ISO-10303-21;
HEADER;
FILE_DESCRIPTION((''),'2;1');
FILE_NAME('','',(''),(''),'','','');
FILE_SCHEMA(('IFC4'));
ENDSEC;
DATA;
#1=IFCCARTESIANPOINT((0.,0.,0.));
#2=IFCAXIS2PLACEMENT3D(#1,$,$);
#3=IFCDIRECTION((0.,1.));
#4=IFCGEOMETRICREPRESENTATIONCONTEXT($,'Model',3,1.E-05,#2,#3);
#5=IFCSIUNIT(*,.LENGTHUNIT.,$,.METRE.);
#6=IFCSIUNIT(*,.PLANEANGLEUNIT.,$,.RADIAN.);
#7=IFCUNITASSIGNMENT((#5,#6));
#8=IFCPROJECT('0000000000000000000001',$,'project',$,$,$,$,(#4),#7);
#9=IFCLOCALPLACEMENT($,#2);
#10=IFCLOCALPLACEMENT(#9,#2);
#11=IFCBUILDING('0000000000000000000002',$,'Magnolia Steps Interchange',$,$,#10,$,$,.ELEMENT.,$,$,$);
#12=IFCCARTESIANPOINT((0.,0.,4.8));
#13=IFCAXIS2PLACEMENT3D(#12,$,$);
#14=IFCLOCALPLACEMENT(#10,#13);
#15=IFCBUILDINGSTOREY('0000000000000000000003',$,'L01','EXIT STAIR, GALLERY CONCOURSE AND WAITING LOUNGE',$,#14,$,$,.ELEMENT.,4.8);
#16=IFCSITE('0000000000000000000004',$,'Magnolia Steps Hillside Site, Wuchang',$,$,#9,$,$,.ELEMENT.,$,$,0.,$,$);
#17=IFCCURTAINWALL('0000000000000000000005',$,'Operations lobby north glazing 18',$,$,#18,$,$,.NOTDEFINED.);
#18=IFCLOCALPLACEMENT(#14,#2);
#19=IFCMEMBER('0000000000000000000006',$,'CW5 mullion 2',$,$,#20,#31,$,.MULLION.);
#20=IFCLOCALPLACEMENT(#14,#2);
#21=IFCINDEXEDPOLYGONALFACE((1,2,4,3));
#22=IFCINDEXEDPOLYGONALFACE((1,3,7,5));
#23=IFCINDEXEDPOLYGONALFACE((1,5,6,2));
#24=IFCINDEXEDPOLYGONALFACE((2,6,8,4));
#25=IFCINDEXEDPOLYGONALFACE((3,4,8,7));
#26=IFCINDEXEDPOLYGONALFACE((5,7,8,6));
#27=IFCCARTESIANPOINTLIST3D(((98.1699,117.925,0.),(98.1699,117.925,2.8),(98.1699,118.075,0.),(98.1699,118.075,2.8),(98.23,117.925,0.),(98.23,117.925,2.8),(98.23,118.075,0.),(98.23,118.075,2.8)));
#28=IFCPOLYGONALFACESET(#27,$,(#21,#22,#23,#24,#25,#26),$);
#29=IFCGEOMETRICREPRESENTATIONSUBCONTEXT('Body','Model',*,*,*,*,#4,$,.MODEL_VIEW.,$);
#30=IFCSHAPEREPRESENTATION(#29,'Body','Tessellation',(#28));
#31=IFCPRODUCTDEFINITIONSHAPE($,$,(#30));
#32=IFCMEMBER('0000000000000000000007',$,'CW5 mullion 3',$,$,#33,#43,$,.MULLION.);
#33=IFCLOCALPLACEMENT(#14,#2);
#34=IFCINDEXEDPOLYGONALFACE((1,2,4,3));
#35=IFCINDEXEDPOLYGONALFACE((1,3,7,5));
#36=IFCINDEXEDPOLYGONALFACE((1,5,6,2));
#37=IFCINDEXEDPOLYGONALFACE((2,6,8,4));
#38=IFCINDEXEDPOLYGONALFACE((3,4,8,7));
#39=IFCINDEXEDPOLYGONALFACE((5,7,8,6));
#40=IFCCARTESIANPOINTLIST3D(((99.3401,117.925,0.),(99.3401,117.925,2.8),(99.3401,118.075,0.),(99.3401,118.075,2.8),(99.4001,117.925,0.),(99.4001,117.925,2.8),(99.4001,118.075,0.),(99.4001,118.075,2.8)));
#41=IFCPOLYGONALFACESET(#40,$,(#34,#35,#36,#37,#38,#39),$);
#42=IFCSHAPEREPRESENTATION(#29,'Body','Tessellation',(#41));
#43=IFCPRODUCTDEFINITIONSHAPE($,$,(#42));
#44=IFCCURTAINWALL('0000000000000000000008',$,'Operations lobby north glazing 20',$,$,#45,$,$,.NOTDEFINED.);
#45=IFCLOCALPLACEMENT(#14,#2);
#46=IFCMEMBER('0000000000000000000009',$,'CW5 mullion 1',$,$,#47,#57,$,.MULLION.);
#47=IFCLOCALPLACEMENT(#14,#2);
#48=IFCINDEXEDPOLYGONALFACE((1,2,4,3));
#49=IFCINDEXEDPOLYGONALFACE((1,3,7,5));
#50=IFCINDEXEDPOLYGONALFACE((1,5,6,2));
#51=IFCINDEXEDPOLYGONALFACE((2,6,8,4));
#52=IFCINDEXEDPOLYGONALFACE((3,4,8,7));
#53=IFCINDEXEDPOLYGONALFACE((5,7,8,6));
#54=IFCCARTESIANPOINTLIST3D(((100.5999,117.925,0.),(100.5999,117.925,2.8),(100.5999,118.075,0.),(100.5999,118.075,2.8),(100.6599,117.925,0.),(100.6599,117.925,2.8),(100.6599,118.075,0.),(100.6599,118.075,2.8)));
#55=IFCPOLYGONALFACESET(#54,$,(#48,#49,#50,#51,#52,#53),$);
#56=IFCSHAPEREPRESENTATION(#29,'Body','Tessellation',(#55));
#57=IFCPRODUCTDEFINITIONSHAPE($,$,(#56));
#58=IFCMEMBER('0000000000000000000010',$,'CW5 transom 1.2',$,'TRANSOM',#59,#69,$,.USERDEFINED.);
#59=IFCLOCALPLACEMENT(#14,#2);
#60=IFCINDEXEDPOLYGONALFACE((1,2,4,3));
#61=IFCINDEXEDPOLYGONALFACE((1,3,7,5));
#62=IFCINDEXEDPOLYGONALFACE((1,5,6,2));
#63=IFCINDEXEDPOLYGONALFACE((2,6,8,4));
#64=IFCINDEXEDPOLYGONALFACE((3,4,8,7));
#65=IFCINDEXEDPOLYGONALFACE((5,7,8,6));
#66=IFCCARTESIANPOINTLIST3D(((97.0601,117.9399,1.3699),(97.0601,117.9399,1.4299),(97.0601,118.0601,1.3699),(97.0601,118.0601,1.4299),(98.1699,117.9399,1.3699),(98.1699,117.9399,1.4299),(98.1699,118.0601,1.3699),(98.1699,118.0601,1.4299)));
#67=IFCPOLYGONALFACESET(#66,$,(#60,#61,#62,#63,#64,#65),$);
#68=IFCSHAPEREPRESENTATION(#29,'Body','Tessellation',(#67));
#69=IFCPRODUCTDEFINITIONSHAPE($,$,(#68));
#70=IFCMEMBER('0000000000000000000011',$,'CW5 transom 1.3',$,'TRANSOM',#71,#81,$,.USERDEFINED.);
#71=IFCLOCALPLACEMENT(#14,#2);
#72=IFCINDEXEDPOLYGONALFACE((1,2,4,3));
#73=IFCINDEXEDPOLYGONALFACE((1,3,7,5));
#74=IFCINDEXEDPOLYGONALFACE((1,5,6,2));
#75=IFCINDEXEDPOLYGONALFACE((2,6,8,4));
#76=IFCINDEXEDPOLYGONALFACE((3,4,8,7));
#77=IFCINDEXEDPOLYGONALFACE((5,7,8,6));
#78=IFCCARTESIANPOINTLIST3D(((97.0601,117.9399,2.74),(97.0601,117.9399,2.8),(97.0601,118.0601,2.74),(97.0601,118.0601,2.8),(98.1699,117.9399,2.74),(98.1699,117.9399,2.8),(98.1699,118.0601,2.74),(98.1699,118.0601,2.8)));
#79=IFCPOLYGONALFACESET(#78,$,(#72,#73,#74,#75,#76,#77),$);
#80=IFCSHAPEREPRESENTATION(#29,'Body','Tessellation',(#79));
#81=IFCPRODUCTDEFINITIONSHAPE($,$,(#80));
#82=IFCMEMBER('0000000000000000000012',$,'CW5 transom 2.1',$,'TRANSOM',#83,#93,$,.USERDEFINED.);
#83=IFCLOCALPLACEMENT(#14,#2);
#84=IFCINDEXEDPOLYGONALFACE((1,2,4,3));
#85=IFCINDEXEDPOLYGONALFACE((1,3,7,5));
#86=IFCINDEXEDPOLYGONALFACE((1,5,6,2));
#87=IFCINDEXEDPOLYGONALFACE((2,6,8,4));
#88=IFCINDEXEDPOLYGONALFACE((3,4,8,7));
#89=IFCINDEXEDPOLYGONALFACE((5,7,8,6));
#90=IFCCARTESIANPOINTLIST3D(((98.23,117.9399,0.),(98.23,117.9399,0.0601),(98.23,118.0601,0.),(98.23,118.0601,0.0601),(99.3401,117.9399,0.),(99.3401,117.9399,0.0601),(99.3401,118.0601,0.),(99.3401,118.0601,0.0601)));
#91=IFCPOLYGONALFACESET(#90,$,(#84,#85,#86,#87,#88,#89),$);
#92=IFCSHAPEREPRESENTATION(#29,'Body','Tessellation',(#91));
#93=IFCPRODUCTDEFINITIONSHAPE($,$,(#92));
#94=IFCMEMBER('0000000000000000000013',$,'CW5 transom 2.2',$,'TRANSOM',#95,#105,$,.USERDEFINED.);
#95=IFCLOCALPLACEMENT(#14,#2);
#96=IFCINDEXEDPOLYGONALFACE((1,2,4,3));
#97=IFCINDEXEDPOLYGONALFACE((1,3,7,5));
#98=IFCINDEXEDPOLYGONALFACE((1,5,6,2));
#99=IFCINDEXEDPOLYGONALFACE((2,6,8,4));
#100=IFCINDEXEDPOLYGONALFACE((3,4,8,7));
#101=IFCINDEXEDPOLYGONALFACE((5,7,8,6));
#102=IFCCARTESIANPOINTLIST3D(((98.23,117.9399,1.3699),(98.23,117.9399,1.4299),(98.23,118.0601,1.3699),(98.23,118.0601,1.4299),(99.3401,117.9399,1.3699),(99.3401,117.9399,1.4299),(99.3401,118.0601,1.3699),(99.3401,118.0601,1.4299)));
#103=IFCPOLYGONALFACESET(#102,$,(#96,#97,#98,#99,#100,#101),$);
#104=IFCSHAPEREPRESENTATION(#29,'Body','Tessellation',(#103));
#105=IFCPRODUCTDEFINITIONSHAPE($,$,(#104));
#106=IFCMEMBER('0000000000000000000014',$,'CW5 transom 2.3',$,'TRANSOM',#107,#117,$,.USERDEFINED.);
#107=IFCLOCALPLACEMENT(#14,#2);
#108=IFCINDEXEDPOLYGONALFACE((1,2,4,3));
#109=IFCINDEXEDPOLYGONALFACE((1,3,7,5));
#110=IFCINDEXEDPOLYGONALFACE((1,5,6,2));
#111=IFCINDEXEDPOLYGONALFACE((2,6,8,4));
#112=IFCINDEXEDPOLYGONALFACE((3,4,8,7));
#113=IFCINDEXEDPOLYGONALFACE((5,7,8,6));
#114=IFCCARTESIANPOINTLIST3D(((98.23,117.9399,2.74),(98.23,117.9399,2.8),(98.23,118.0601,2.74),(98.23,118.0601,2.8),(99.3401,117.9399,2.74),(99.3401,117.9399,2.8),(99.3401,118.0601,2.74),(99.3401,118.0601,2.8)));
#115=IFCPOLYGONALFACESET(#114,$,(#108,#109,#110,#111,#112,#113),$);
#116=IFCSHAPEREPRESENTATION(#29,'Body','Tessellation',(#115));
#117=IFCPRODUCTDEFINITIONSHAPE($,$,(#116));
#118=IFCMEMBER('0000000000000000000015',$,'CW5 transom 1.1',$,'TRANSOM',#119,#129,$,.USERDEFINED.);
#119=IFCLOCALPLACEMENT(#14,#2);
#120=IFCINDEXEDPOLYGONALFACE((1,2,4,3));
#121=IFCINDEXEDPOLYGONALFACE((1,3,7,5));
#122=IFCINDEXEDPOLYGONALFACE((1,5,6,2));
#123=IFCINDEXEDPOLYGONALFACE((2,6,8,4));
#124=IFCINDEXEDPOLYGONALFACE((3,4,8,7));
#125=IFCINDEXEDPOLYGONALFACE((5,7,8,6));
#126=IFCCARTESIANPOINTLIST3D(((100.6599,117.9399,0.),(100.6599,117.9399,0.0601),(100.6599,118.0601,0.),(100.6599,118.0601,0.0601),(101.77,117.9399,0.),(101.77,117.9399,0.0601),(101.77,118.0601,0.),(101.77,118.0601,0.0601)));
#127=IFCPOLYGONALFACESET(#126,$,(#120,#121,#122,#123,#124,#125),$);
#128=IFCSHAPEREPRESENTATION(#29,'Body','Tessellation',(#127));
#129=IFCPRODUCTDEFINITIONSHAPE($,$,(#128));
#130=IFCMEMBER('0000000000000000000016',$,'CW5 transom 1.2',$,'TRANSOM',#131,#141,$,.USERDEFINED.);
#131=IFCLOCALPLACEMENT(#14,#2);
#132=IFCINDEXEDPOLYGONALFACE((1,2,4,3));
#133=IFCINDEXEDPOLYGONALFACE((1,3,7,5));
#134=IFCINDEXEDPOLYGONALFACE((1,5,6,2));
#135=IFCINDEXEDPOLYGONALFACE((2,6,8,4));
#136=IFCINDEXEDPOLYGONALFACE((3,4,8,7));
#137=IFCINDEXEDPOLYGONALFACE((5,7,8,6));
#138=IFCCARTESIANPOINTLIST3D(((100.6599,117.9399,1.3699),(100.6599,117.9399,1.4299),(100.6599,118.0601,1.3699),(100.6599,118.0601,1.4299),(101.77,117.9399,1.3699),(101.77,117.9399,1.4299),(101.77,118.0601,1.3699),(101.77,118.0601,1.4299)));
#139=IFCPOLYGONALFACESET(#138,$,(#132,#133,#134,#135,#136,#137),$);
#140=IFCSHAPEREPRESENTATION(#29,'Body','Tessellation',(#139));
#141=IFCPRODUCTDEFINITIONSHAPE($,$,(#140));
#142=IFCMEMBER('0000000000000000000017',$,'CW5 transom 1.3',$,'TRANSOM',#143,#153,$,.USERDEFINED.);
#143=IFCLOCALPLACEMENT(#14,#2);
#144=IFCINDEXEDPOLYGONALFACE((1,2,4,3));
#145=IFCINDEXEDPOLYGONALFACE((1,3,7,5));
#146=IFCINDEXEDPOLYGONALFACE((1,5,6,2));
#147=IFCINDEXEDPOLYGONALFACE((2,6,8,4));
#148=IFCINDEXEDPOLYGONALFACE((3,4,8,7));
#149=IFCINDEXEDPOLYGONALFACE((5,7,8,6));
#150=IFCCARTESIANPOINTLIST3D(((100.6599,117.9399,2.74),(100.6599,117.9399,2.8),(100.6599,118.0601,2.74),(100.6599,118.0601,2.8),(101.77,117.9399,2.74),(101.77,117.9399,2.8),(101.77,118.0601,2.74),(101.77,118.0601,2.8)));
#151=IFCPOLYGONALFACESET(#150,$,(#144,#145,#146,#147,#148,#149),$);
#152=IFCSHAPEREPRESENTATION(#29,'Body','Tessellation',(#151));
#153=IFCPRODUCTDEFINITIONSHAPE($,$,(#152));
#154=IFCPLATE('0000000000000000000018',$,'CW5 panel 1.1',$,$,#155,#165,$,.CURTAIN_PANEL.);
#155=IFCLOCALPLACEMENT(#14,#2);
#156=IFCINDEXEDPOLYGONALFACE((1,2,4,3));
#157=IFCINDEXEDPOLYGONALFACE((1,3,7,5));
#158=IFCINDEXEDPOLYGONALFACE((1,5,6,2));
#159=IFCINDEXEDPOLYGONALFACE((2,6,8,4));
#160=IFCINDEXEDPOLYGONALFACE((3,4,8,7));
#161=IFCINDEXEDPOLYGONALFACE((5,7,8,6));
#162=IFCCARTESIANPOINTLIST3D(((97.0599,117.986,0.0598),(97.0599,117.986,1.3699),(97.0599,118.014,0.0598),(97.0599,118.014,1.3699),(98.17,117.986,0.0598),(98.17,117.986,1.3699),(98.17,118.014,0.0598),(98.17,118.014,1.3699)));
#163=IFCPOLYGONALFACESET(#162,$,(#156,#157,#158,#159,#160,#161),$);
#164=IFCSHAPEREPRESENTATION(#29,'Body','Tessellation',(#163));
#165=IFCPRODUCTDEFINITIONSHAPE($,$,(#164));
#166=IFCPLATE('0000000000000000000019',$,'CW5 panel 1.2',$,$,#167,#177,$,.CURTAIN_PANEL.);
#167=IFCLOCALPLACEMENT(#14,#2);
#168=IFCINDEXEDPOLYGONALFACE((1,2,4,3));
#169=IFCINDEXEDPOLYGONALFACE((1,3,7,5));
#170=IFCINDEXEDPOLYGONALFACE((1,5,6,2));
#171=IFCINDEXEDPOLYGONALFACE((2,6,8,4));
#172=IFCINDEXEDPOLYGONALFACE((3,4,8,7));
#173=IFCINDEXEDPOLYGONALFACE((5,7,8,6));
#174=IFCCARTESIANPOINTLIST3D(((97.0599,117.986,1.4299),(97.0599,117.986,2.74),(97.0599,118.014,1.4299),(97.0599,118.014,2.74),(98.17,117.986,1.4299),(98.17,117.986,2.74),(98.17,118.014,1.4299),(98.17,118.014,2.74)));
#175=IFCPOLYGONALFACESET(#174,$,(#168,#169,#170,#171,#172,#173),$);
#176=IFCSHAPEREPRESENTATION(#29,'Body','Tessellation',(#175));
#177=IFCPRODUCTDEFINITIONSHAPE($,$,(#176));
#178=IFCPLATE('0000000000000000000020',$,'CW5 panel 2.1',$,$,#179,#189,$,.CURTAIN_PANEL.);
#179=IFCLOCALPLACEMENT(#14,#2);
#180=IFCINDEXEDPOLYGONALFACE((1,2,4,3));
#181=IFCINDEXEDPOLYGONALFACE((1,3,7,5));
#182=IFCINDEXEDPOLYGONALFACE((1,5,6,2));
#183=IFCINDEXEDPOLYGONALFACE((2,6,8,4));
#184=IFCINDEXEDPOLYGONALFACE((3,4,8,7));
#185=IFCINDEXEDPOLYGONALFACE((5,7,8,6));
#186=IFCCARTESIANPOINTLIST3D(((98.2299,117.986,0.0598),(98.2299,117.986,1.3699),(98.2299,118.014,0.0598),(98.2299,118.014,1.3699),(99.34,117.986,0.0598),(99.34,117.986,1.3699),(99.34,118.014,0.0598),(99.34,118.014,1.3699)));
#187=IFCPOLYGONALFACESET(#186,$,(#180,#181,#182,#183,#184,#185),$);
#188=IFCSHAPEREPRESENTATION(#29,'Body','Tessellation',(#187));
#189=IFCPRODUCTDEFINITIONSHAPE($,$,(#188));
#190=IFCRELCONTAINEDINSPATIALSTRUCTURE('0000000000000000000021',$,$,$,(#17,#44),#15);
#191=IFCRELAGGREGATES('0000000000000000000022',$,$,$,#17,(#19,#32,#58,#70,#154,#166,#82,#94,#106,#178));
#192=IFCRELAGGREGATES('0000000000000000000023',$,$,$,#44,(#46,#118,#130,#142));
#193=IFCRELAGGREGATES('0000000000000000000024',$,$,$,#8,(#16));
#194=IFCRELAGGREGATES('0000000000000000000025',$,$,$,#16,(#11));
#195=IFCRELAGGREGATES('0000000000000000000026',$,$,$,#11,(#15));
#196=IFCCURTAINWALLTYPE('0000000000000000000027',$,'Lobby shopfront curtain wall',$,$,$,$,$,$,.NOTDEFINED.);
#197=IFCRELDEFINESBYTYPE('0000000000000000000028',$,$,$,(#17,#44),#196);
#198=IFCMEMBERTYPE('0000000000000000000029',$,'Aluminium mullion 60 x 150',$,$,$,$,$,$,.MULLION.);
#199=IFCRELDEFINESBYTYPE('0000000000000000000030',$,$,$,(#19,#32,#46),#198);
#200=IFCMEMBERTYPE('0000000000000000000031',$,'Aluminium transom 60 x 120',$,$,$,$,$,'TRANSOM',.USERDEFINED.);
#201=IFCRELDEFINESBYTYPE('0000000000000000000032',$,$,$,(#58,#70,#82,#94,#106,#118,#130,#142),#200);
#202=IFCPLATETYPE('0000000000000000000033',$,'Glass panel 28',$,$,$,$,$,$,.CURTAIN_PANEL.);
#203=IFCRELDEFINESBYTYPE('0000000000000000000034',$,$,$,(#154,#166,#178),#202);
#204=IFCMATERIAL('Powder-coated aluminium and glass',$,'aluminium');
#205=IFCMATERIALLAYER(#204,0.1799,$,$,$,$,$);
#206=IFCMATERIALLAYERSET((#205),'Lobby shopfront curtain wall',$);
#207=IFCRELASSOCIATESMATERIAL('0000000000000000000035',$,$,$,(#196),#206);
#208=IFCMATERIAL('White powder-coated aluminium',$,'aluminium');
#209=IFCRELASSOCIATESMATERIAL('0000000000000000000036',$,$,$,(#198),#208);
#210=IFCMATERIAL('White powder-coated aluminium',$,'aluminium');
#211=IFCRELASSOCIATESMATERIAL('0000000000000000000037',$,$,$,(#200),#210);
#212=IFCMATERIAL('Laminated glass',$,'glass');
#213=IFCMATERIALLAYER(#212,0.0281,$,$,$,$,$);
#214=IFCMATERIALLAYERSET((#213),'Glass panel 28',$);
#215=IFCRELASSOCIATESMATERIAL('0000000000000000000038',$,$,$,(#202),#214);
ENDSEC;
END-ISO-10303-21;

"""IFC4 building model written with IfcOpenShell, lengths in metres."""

from ifc_helpers import new_model, si_unit, direction, frame, origin, origin_2d, place, context, subcontext, project, spatial, rectangle, extrude, material, layer, layer_set, material_profile, profile_set, type_object, element, aggregate, save


model = new_model("IFC4")

# Units and contexts
model_context = context("Model", 3, precision=1e-05, world=origin(), true_north=direction((0.0, 1.0)))
body_context = subcontext(model_context, "Body", "Model", "MODEL_VIEW")
ifc_project = project(units=[si_unit("LENGTHUNIT", "METRE"), si_unit("PLANEANGLEUNIT", "RADIAN")], contexts=[model_context])

# Site, building, storey
site_placement = place(None, origin())
site = spatial("IfcSite", under=ifc_project, at=site_placement, Name="Magnolia Steps Hillside Site, Wuchang", CompositionType="ELEMENT", RefElevation=0.0)
building_placement = place(site_placement, origin())
building = spatial("IfcBuilding", under=site, at=building_placement, Name="Magnolia Steps Interchange", CompositionType="ELEMENT")
storey_placement = place(building_placement, frame((0.0, 0.0, 4.8)))
storey = spatial("IfcBuildingStorey", under=building, at=storey_placement, Name="L01", Description="EXIT STAIR, GALLERY CONCOURSE AND WAITING LOUNGE", CompositionType="ELEMENT", Elevation=4.8)

# Curtain wall, members
ifc_material_1 = material(Name="Powder-coated aluminium and glass", Category="aluminium")
ifc_layer_1 = layer(ifc_material_1, 0.1799)
ifc_layer_set_1 = layer_set([ifc_layer_1], Name="Lobby shopfront curtain wall")
curtain_wall_type = type_object("IfcCurtainWallType", Name="Lobby shopfront curtain wall", PredefinedType="NOTDEFINED", material=ifc_layer_set_1)
curtain_wall_1_placement = place(storey_placement, origin())
curtain_wall_1 = element("IfcCurtainWall", 1, at=curtain_wall_1_placement, inside=storey, type_object=curtain_wall_type, Name="Operations lobby north glazing 18", PredefinedType="NOTDEFINED")
ifc_material_2 = material(Name="White powder-coated aluminium", Category="aluminium")
ifc_material_profile_1 = material_profile(ifc_material_2, rectangle(XDim=0.0601, YDim=0.1499, at=origin_2d()), Name="Aluminium mullion 60 x 150")
ifc_profile_set_1 = profile_set([ifc_material_profile_1], Name="White powder-coated aluminium")
member_type_1 = type_object("IfcMemberType", Name="Aluminium mullion 60 x 150", PredefinedType="MULLION", material=ifc_profile_set_1)
member_1_placement = place(storey_placement, frame((98.2, 118.0, 0.0), z_axis=(0.0, 0.0, 1.0), x_axis=(1.0, 0.0, 0.0)))
member_1 = element("IfcMember", 2, at=member_1_placement, type_object=member_type_1, Name="CW5 mullion 2", PredefinedType="MULLION", context=body_context, shape_type="SweptSolid", body=[
    extrude(rectangle(XDim=0.0601, YDim=0.1499, at=origin_2d()), origin(), (0.0, 0.0, 1.0), 2.8),
])
member_2_placement = place(storey_placement, frame((99.3701, 118.0, 0.0), z_axis=(0.0, 0.0, 1.0), x_axis=(1.0, 0.0, 0.0)))
member_2 = element("IfcMember", 3, at=member_2_placement, type_object=member_type_1, Name="CW5 mullion 3", PredefinedType="MULLION", context=body_context, shape_type="SweptSolid", body=[
    extrude(rectangle(XDim=0.0601, YDim=0.1499, at=origin_2d()), origin(), (0.0, 0.0, 1.0), 2.8),
])

# Curtain wall, member
curtain_wall_2_placement = place(storey_placement, origin())
curtain_wall_2 = element("IfcCurtainWall", 4, at=curtain_wall_2_placement, inside=storey, type_object=curtain_wall_type, Name="Operations lobby north glazing 20", PredefinedType="NOTDEFINED")
member_3_placement = place(storey_placement, frame((100.6299, 118.0, 0.0), z_axis=(0.0, 0.0, 1.0), x_axis=(1.0, 0.0, 0.0)))
member_3 = element("IfcMember", 5, at=member_3_placement, type_object=member_type_1, Name="CW5 mullion 1", PredefinedType="MULLION", context=body_context, shape_type="SweptSolid", body=[
    extrude(rectangle(XDim=0.0601, YDim=0.1499, at=origin_2d()), origin(), (0.0, 0.0, 1.0), 2.8),
])

# Members
ifc_material_3 = material(Name="White powder-coated aluminium", Category="aluminium")
ifc_material_profile_2 = material_profile(ifc_material_3, rectangle(XDim=0.0601, YDim=0.1201, at=origin_2d()), Name="Aluminium transom 60 x 120")
ifc_profile_set_2 = profile_set([ifc_material_profile_2], Name="White powder-coated aluminium")
member_type_2 = type_object("IfcMemberType", Name="Aluminium transom 60 x 120", ElementType="TRANSOM", PredefinedType="USERDEFINED", material=ifc_profile_set_2)
member_4_placement = place(storey_placement, frame((97.0601, 118.0, 1.3999), z_axis=(1.0, 0.0, 0.0), x_axis=(0.0, 0.0, 1.0)))
member_4 = element("IfcMember", 6, at=member_4_placement, type_object=member_type_2, Name="CW5 transom 1.2", ObjectType="TRANSOM", PredefinedType="USERDEFINED", context=body_context, shape_type="SweptSolid", body=[
    extrude(rectangle(XDim=0.0601, YDim=0.1201, at=origin_2d()), origin(), (0.0, 0.0, 1.0), 1.1099),
])
member_5_placement = place(storey_placement, frame((97.0601, 118.0, 2.77), z_axis=(1.0, 0.0, 0.0), x_axis=(0.0, 0.0, 1.0)))
member_5 = element("IfcMember", 7, at=member_5_placement, type_object=member_type_2, Name="CW5 transom 1.3", ObjectType="TRANSOM", PredefinedType="USERDEFINED", context=body_context, shape_type="SweptSolid", body=[
    extrude(rectangle(XDim=0.0601, YDim=0.1201, at=origin_2d()), origin(), (0.0, 0.0, 1.0), 1.1099),
])
member_6_placement = place(storey_placement, frame((98.23, 118.0, 0.03), z_axis=(1.0, 0.0, 0.0), x_axis=(0.0, 0.0, 1.0)))
member_6 = element("IfcMember", 8, at=member_6_placement, type_object=member_type_2, Name="CW5 transom 2.1", ObjectType="TRANSOM", PredefinedType="USERDEFINED", context=body_context, shape_type="SweptSolid", body=[
    extrude(rectangle(XDim=0.0601, YDim=0.1201, at=origin_2d()), origin(), (0.0, 0.0, 1.0), 1.1101),
])
member_7_placement = place(storey_placement, frame((98.23, 118.0, 1.3999), z_axis=(1.0, 0.0, 0.0), x_axis=(0.0, 0.0, 1.0)))
member_7 = element("IfcMember", 9, at=member_7_placement, type_object=member_type_2, Name="CW5 transom 2.2", ObjectType="TRANSOM", PredefinedType="USERDEFINED", context=body_context, shape_type="SweptSolid", body=[
    extrude(rectangle(XDim=0.0601, YDim=0.1201, at=origin_2d()), origin(), (0.0, 0.0, 1.0), 1.1101),
])
member_8_placement = place(storey_placement, frame((98.23, 118.0, 2.77), z_axis=(1.0, 0.0, 0.0), x_axis=(0.0, 0.0, 1.0)))
member_8 = element("IfcMember", 10, at=member_8_placement, type_object=member_type_2, Name="CW5 transom 2.3", ObjectType="TRANSOM", PredefinedType="USERDEFINED", context=body_context, shape_type="SweptSolid", body=[
    extrude(rectangle(XDim=0.0601, YDim=0.1201, at=origin_2d()), origin(), (0.0, 0.0, 1.0), 1.1101),
])
member_9_placement = place(storey_placement, frame((100.6599, 118.0, 0.03), z_axis=(1.0, 0.0, 0.0), x_axis=(0.0, 0.0, 1.0)))
member_9 = element("IfcMember", 11, at=member_9_placement, type_object=member_type_2, Name="CW5 transom 1.1", ObjectType="TRANSOM", PredefinedType="USERDEFINED", context=body_context, shape_type="SweptSolid", body=[
    extrude(rectangle(XDim=0.0601, YDim=0.1201, at=origin_2d()), origin(), (0.0, 0.0, 1.0), 1.1101),
])
member_10_placement = place(storey_placement, frame((100.6599, 118.0, 1.3999), z_axis=(1.0, 0.0, 0.0), x_axis=(0.0, 0.0, 1.0)))
member_10 = element("IfcMember", 12, at=member_10_placement, type_object=member_type_2, Name="CW5 transom 1.2", ObjectType="TRANSOM", PredefinedType="USERDEFINED", context=body_context, shape_type="SweptSolid", body=[
    extrude(rectangle(XDim=0.0601, YDim=0.1201, at=origin_2d()), origin(), (0.0, 0.0, 1.0), 1.1101),
])
member_11_placement = place(storey_placement, frame((100.6599, 118.0, 2.77), z_axis=(1.0, 0.0, 0.0), x_axis=(0.0, 0.0, 1.0)))
member_11 = element("IfcMember", 13, at=member_11_placement, type_object=member_type_2, Name="CW5 transom 1.3", ObjectType="TRANSOM", PredefinedType="USERDEFINED", context=body_context, shape_type="SweptSolid", body=[
    extrude(rectangle(XDim=0.0601, YDim=0.1201, at=origin_2d()), origin(), (0.0, 0.0, 1.0), 1.1101),
])

# Plates
ifc_material_4 = material(Name="Laminated glass", Category="glass")
ifc_layer_2 = layer(ifc_material_4, 0.0281)
ifc_layer_set_2 = layer_set([ifc_layer_2], Name="Glass panel 28")
plate_type = type_object("IfcPlateType", Name="Glass panel 28", PredefinedType="CURTAIN_PANEL", material=ifc_layer_set_2)
plate_1_placement = place(storey_placement, frame((97.615, 118.0, 0.0598), z_axis=(0.0, 0.0, 1.0), x_axis=(1.0, 0.0, 0.0)))
plate_1 = element("IfcPlate", 14, at=plate_1_placement, type_object=plate_type, Name="CW5 panel 1.1", PredefinedType="CURTAIN_PANEL", context=body_context, shape_type="SweptSolid", body=[
    extrude(rectangle(XDim=1.1101, YDim=0.0281, at=origin_2d()), origin(), (0.0, 0.0, 1.0), 1.3101),
])
plate_2_placement = place(storey_placement, frame((97.615, 118.0, 1.4299), z_axis=(0.0, 0.0, 1.0), x_axis=(1.0, 0.0, 0.0)))
plate_2 = element("IfcPlate", 15, at=plate_2_placement, type_object=plate_type, Name="CW5 panel 1.2", PredefinedType="CURTAIN_PANEL", context=body_context, shape_type="SweptSolid", body=[
    extrude(rectangle(XDim=1.1101, YDim=0.0281, at=origin_2d()), origin(), (0.0, 0.0, 1.0), 1.3101),
])
plate_3_placement = place(storey_placement, frame((98.7849, 118.0, 0.0598), z_axis=(0.0, 0.0, 1.0), x_axis=(1.0, 0.0, 0.0)))
plate_3 = element("IfcPlate", 16, at=plate_3_placement, type_object=plate_type, Name="CW5 panel 2.1", PredefinedType="CURTAIN_PANEL", context=body_context, shape_type="SweptSolid", body=[
    extrude(rectangle(XDim=1.1101, YDim=0.0281, at=origin_2d()), origin(), (0.0, 0.0, 1.0), 1.3101),
])
aggregate(curtain_wall_1, [member_1, member_2, member_4, member_5, plate_1, plate_2, member_6, member_7, member_8, plate_3])
aggregate(curtain_wall_2, [member_3, member_9, member_10, member_11])

save(model, "model.ifc")
